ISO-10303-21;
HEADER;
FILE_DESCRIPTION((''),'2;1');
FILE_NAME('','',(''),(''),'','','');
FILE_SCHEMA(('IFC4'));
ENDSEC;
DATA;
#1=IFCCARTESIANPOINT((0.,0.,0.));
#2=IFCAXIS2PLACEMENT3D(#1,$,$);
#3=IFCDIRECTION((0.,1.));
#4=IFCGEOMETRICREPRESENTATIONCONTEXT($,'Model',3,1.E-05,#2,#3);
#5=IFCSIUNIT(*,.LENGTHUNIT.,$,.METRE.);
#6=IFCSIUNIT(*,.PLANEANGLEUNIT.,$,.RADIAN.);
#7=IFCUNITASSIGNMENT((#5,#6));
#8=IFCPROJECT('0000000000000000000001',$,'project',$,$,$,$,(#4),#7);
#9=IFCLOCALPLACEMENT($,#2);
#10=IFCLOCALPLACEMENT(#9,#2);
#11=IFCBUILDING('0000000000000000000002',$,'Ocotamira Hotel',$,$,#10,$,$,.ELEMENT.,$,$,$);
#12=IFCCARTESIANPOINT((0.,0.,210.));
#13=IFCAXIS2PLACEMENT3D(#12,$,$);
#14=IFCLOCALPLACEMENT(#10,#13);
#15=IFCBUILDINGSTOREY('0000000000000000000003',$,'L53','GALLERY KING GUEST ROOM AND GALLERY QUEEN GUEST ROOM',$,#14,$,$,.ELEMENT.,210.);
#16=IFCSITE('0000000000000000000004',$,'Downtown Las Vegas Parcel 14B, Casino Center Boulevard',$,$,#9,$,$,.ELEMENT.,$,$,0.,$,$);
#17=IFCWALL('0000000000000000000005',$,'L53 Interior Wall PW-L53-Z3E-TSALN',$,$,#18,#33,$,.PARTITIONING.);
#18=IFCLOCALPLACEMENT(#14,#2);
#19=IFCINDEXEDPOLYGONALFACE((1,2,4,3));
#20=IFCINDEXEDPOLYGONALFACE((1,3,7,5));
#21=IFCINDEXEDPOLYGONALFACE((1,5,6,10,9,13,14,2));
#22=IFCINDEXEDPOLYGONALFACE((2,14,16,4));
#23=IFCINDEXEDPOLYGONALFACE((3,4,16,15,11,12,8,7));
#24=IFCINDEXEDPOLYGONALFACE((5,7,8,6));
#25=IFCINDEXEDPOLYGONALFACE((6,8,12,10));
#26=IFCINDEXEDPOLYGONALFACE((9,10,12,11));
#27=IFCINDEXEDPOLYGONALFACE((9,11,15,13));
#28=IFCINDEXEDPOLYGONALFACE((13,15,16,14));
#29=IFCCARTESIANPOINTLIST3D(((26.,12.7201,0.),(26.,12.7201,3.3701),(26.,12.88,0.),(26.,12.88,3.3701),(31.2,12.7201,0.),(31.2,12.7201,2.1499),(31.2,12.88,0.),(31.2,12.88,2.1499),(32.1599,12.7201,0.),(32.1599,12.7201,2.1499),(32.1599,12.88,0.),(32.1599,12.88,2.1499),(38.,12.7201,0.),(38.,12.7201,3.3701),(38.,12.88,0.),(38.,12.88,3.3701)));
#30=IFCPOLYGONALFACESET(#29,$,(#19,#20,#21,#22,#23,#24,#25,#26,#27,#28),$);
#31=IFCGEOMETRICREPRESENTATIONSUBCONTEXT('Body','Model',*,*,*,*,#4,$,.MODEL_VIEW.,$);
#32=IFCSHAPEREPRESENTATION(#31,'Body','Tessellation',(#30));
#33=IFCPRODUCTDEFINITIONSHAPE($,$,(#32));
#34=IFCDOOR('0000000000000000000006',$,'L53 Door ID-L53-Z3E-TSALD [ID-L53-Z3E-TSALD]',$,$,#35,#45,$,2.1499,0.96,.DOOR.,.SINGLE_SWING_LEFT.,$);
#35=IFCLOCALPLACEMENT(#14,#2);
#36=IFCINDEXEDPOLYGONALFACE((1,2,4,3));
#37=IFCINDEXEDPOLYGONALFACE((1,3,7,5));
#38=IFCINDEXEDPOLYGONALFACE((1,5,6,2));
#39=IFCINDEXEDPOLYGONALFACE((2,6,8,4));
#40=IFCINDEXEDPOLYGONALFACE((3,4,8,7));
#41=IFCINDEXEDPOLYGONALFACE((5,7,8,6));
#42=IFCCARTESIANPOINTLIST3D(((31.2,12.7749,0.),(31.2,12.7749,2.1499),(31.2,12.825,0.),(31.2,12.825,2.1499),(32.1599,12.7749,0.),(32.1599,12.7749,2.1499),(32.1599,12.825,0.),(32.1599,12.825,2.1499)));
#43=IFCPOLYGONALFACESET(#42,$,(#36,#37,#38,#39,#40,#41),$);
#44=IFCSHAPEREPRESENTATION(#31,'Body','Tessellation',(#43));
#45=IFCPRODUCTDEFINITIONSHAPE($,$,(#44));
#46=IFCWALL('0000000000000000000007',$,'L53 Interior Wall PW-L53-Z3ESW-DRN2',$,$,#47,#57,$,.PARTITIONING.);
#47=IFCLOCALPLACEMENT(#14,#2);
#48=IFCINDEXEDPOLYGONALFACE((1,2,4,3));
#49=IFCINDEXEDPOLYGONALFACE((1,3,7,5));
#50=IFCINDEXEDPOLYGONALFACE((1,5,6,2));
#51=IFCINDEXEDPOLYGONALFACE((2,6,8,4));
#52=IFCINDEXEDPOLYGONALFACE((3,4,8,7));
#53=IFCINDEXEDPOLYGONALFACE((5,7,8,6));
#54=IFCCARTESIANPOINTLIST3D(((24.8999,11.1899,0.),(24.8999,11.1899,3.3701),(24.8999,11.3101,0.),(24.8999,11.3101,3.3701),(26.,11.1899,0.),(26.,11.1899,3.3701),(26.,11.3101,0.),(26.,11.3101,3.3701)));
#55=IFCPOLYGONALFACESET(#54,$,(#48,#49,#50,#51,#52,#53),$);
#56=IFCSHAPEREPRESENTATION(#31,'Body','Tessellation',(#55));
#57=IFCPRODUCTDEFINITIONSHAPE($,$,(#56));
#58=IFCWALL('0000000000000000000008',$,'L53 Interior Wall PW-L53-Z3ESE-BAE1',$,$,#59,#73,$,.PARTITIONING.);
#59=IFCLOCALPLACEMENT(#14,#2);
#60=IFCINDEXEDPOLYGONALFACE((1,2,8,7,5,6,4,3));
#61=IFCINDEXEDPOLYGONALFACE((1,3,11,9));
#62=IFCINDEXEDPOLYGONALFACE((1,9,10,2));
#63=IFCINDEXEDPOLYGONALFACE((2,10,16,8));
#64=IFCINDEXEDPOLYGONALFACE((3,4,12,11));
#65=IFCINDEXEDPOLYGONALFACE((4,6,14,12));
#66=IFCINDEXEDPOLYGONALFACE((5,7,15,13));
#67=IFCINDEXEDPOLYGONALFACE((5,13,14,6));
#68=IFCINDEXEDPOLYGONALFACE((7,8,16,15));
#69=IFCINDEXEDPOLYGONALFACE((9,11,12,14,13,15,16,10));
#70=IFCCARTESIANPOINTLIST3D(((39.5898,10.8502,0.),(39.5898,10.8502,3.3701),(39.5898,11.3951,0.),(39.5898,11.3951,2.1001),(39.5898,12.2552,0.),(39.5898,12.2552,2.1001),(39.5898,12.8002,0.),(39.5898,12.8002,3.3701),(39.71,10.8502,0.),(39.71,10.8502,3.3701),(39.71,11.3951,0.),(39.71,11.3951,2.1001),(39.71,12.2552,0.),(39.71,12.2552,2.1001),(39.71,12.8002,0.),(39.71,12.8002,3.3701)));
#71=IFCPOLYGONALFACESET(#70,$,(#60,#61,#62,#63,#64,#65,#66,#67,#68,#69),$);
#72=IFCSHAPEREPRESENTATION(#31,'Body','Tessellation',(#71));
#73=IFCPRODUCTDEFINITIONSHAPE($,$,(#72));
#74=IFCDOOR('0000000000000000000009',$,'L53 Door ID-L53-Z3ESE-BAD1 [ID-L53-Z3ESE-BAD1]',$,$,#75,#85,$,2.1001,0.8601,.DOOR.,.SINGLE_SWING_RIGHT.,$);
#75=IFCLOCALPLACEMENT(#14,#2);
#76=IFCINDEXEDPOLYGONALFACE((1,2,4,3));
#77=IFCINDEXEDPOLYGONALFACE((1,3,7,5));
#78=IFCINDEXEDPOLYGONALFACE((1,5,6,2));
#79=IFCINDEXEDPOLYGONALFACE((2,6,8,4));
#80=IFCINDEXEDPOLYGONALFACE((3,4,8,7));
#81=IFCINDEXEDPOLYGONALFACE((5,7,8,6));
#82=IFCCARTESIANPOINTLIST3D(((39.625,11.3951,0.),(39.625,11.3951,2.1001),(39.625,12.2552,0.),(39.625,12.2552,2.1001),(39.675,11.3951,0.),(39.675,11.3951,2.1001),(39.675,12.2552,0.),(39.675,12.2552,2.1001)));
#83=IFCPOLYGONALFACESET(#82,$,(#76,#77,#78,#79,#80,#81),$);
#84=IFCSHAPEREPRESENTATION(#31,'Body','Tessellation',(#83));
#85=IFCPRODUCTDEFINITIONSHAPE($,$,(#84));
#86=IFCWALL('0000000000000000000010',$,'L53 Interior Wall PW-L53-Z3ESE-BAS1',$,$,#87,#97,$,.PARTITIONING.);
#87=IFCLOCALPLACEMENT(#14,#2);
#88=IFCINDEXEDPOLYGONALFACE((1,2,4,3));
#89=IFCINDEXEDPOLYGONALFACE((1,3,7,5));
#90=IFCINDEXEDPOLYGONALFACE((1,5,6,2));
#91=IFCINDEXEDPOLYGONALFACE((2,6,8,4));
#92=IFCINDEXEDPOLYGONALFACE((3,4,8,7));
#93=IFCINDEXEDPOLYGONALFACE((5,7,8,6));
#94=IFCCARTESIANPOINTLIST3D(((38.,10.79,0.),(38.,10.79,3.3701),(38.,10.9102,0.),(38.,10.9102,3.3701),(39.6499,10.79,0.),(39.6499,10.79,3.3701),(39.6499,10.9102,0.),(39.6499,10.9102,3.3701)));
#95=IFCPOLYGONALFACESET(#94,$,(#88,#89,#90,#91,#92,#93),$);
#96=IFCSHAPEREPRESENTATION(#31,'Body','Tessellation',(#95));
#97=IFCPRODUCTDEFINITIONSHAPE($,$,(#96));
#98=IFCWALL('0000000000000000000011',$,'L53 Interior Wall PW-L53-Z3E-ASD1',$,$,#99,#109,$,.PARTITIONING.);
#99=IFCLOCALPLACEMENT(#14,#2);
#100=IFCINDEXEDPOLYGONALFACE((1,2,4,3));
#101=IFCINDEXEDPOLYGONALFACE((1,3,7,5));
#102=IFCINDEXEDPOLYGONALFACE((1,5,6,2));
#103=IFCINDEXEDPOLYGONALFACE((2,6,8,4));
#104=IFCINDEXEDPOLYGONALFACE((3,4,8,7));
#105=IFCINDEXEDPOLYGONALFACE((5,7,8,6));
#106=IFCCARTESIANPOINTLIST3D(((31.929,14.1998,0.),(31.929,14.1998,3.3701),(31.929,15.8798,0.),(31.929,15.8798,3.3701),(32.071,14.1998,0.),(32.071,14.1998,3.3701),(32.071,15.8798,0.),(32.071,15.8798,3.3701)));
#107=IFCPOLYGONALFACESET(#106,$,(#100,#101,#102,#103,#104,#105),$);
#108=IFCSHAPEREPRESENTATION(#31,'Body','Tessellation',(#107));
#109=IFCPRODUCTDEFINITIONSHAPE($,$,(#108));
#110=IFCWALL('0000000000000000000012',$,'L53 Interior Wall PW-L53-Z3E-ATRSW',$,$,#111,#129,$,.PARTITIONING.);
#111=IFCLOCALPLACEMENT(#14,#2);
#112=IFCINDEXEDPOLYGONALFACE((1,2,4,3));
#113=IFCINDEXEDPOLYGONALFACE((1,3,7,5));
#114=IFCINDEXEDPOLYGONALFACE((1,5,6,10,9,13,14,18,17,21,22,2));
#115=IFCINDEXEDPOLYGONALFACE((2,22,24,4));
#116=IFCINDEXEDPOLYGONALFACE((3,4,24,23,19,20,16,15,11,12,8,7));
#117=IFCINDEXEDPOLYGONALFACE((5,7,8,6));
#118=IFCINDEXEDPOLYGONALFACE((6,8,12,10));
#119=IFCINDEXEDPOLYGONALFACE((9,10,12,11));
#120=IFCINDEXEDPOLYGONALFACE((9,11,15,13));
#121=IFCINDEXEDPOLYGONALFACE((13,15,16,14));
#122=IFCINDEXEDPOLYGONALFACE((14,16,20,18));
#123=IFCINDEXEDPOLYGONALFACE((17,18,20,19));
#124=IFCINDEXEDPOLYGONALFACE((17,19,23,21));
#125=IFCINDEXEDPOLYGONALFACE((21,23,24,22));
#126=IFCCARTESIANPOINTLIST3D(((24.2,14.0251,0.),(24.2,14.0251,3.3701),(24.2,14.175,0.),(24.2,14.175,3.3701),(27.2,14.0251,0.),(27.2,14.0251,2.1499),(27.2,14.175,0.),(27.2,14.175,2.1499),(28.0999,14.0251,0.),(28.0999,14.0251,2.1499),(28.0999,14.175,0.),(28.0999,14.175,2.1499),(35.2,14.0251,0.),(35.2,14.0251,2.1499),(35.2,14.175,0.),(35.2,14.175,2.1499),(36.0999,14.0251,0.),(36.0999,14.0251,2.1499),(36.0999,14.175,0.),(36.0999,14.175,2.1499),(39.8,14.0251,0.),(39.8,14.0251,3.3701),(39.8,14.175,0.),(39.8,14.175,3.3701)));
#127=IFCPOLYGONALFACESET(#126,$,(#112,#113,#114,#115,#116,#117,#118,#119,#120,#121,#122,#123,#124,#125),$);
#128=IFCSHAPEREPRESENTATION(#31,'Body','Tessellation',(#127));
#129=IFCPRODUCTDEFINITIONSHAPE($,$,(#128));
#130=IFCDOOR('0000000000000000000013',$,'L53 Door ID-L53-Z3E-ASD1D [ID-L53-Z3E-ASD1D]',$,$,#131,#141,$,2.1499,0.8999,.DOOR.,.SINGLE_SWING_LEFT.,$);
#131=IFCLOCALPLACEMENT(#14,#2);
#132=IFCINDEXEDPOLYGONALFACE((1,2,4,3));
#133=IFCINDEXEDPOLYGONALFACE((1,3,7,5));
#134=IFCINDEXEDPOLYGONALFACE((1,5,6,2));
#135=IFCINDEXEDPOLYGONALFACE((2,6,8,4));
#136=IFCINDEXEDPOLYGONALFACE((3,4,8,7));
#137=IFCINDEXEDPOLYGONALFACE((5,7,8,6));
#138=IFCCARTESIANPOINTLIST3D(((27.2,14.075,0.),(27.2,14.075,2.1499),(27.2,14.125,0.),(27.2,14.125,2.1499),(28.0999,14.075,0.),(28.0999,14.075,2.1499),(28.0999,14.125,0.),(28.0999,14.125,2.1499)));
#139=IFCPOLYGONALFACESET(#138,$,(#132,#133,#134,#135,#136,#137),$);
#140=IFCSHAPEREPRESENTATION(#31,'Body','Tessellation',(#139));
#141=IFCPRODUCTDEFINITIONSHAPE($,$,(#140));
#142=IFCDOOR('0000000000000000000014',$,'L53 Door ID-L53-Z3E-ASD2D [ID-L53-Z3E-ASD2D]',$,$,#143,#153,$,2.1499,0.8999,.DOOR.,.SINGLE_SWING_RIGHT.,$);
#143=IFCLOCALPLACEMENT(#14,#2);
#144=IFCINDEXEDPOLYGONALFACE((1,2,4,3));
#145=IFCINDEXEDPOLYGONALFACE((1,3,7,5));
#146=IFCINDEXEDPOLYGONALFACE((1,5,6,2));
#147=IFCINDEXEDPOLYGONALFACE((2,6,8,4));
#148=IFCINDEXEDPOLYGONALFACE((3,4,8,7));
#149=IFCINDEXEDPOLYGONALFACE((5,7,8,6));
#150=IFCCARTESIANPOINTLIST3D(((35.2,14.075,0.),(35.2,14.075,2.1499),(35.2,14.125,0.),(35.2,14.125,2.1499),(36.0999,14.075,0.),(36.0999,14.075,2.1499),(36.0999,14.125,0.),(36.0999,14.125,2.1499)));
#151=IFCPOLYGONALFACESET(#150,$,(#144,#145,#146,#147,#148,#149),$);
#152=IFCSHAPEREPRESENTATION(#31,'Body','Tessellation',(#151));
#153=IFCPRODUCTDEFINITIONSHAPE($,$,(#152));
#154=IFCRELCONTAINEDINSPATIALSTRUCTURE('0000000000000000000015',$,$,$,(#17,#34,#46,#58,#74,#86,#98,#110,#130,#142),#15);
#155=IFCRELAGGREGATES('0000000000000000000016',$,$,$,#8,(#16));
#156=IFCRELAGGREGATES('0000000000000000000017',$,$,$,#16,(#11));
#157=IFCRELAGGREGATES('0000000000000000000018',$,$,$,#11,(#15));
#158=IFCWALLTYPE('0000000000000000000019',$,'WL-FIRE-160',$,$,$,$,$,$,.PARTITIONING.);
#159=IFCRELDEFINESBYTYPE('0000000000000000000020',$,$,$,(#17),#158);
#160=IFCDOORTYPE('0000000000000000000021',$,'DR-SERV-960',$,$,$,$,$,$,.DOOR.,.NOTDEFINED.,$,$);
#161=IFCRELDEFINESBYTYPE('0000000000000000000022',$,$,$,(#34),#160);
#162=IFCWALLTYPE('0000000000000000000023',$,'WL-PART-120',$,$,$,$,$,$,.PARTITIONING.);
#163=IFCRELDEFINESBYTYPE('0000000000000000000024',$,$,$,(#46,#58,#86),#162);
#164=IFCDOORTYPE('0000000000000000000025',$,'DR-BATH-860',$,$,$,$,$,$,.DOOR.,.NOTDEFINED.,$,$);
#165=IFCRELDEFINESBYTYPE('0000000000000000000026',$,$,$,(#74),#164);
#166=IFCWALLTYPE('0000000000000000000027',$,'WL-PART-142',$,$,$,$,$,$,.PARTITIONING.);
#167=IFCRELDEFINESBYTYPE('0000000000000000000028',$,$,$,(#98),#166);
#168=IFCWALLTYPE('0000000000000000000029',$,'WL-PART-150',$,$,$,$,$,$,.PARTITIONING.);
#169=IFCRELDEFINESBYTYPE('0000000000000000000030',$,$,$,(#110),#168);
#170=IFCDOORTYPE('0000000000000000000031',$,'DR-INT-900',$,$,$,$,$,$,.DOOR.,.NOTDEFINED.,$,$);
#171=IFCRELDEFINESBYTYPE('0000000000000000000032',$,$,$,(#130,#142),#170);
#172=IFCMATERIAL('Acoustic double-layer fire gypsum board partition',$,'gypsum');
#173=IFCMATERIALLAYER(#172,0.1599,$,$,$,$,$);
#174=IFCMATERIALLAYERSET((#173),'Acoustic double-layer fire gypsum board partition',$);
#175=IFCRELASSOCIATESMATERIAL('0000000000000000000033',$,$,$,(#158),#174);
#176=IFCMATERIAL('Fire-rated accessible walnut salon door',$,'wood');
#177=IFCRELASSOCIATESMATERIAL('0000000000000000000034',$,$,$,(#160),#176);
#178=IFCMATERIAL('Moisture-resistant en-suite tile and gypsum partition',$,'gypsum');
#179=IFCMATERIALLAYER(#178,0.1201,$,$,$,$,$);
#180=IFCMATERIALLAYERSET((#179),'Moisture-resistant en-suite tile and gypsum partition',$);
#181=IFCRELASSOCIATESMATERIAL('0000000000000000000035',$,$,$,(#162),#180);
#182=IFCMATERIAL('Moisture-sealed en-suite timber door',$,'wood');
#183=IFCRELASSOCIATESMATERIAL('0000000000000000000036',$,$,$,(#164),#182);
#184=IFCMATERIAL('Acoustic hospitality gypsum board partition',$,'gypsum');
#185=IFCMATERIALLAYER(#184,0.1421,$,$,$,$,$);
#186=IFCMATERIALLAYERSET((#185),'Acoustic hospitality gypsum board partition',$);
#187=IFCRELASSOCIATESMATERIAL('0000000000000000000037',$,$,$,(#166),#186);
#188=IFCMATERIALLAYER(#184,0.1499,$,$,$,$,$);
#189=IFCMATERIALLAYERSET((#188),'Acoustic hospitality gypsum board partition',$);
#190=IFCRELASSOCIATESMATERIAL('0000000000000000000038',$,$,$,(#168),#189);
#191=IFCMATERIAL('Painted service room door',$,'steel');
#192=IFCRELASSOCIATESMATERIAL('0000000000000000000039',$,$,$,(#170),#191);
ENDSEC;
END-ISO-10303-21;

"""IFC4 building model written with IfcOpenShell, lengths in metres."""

from ifc_helpers import new_model, si_unit, direction, frame, frame_2d, origin, place, context, subcontext, project, spatial, rectangle, extrude, source, transform, mapped, material, layer, layer_set, type_object, element, fill, save


model = new_model("IFC4")

# Units and contexts
model_context = context("Model", 3, precision=1e-05, world=origin(), true_north=direction((0.0, 1.0)))
body_context = subcontext(model_context, "Body", "Model", "MODEL_VIEW")
ifc_project = project(units=[si_unit("LENGTHUNIT", "METRE"), si_unit("PLANEANGLEUNIT", "RADIAN")], contexts=[model_context])

# Site, building, storey
site_placement = place(None, origin())
site = spatial("IfcSite", under=ifc_project, at=site_placement, Name="Downtown Las Vegas Parcel 14B, Casino Center Boulevard", CompositionType="ELEMENT", RefElevation=0.0)
building_placement = place(site_placement, origin())
building = spatial("IfcBuilding", under=site, at=building_placement, Name="Ocotamira Hotel", CompositionType="ELEMENT")
storey_placement = place(building_placement, frame((0.0, 0.0, 210.0)))
storey = spatial("IfcBuildingStorey", under=building, at=storey_placement, Name="L53", Description="GALLERY KING GUEST ROOM AND GALLERY QUEEN GUEST ROOM", CompositionType="ELEMENT", Elevation=210.0)

# Wall, opening, door
ifc_material_1 = material(Name="Acoustic double-layer fire gypsum board partition", Category="gypsum")
ifc_layer_1 = layer(ifc_material_1, 0.1599)
ifc_layer_set_1 = layer_set([ifc_layer_1], Name="Acoustic double-layer fire gypsum board partition")
wall_type_1 = type_object("IfcWallType", Name="WL-FIRE-160", PredefinedType="PARTITIONING", material=ifc_layer_set_1)
wall_1_placement = place(storey_placement, frame((26.0, 12.8, 0.0), z_axis=(0.0, 0.0, 1.0), x_axis=(1.0, 0.0, 0.0)))
wall_1 = element("IfcWall", 1, at=wall_1_placement, inside=storey, type_object=wall_type_1, Name="L53 Interior Wall PW-L53-Z3E-TSALN", PredefinedType="PARTITIONING", context=body_context, shape_type="SweptSolid", body=[
    extrude(rectangle(XDim=12.0, YDim=0.1599, at=frame_2d((6.0, 0.0))), origin(), (0.0, 0.0, 1.0), 3.3701),
])
opening_1_placement = place(wall_1_placement, frame((5.2, 0.0, 0.0)))
opening_1 = element("IfcOpeningElement", 2, at=opening_1_placement, cuts=wall_1, PredefinedType="OPENING", context=body_context, shape_type="SweptSolid", body=[
    extrude(rectangle(XDim=0.96, YDim=2.1499, at=frame_2d((0.48, 1.075))), frame((0.0, 0.0898, 0.0), z_axis=(0.0, -1.0, 0.0), x_axis=(1.0, 0.0, 0.0)), (0.0, 0.0, 1.0), 0.1799),
])
ifc_material_2 = material(Name="Fire-rated accessible walnut salon door", Category="wood")
door_type_1 = type_object("IfcDoorType", Name="DR-SERV-960", OperationType="NOTDEFINED", PredefinedType="DOOR", material=ifc_material_2)
shared_shape_1 = source(origin(), body_context, "Body", "SweptSolid", [
    extrude(rectangle(XDim=0.96, YDim=2.1499, at=frame_2d((0.48, 1.075))), frame((0.0, 0.0249, 0.0), z_axis=(0.0, -1.0, 0.0), x_axis=(1.0, 0.0, 0.0)), (0.0, 0.0, 1.0), 0.05),
])
door_1_placement = place(opening_1_placement, origin())
door_1 = element("IfcDoor", 3, at=door_1_placement, inside=storey, type_object=door_type_1, Name="L53 Door ID-L53-Z3E-TSALD [ID-L53-Z3E-TSALD]", OperationType="SINGLE_SWING_LEFT", OverallHeight=2.1499, OverallWidth=0.96, PredefinedType="DOOR", context=body_context, shape_type="MappedRepresentation", body=[
    mapped(shared_shape_1, transform((0.0, 0.0, 0.0), scale=1.0)),
])
fill(opening_1, door_1)

# Wall
ifc_material_3 = material(Name="Moisture-resistant en-suite tile and gypsum partition", Category="gypsum")
ifc_layer_2 = layer(ifc_material_3, 0.1201)
ifc_layer_set_2 = layer_set([ifc_layer_2], Name="Moisture-resistant en-suite tile and gypsum partition")
wall_type_2 = type_object("IfcWallType", Name="WL-PART-120", PredefinedType="PARTITIONING", material=ifc_layer_set_2)
wall_2_placement = place(storey_placement, frame((24.8999, 11.25, 0.0), z_axis=(0.0, 0.0, 1.0), x_axis=(1.0, 0.0, 0.0)))
element("IfcWall", 4, at=wall_2_placement, inside=storey, type_object=wall_type_2, Name="L53 Interior Wall PW-L53-Z3ESW-DRN2", PredefinedType="PARTITIONING", context=body_context, shape_type="SweptSolid", body=[
    extrude(rectangle(XDim=1.1001, YDim=0.1201, at=frame_2d((0.55, 0.0))), origin(), (0.0, 0.0, 1.0), 3.3701),
])

# Wall, opening, door
wall_3_placement = place(storey_placement, frame((39.6499, 10.8501, 0.0), z_axis=(0.0, 0.0, 1.0), x_axis=(0.0, 1.0, 0.0)))
wall_3 = element("IfcWall", 5, at=wall_3_placement, inside=storey, type_object=wall_type_2, Name="L53 Interior Wall PW-L53-Z3ESE-BAE1", PredefinedType="PARTITIONING", context=body_context, shape_type="SweptSolid", body=[
    extrude(rectangle(XDim=1.95, YDim=0.1201, at=frame_2d((0.9751, 0.0))), origin(), (0.0, 0.0, 1.0), 3.3701),
])
opening_2_placement = place(wall_3_placement, frame((0.5449, 0.0, 0.0)))
opening_2 = element("IfcOpeningElement", 6, at=opening_2_placement, cuts=wall_3, PredefinedType="OPENING", context=body_context, shape_type="SweptSolid", body=[
    extrude(rectangle(XDim=0.8601, YDim=2.1001, at=frame_2d((0.4302, 1.05))), frame((0.0, 0.0701, 0.0), z_axis=(0.0, -1.0, 0.0), x_axis=(1.0, 0.0, 0.0)), (0.0, 0.0, 1.0), 0.1401),
])
ifc_material_4 = material(Name="Moisture-sealed en-suite timber door", Category="wood")
door_type_2 = type_object("IfcDoorType", Name="DR-BATH-860", OperationType="NOTDEFINED", PredefinedType="DOOR", material=ifc_material_4)
shared_shape_2 = source(origin(), body_context, "Body", "SweptSolid", [
    extrude(rectangle(XDim=0.8601, YDim=2.1001, at=frame_2d((0.4302, 1.05))), frame((0.0, 0.0249, 0.0), z_axis=(0.0, -1.0, 0.0), x_axis=(1.0, 0.0, 0.0)), (0.0, 0.0, 1.0), 0.05),
])
door_2_placement = place(opening_2_placement, origin())
door_2 = element("IfcDoor", 7, at=door_2_placement, inside=storey, type_object=door_type_2, Name="L53 Door ID-L53-Z3ESE-BAD1 [ID-L53-Z3ESE-BAD1]", OperationType="SINGLE_SWING_RIGHT", OverallHeight=2.1001, OverallWidth=0.8601, PredefinedType="DOOR", context=body_context, shape_type="MappedRepresentation", body=[
    mapped(shared_shape_2, transform((0.0, 0.0, 0.0), scale=1.0)),
])
fill(opening_2, door_2)

# Walls
wall_4_placement = place(storey_placement, frame((38.0, 10.8501, 0.0), z_axis=(0.0, 0.0, 1.0), x_axis=(1.0, 0.0, 0.0)))
element("IfcWall", 8, at=wall_4_placement, inside=storey, type_object=wall_type_2, Name="L53 Interior Wall PW-L53-Z3ESE-BAS1", PredefinedType="PARTITIONING", context=body_context, shape_type="SweptSolid", body=[
    extrude(rectangle(XDim=1.6499, YDim=0.1201, at=frame_2d((0.825, 0.0))), origin(), (0.0, 0.0, 1.0), 3.3701),
])
ifc_material_5 = material(Name="Acoustic hospitality gypsum board partition", Category="gypsum")
ifc_layer_3 = layer(ifc_material_5, 0.1421)
ifc_layer_set_3 = layer_set([ifc_layer_3], Name="Acoustic hospitality gypsum board partition")
wall_type_3 = type_object("IfcWallType", Name="WL-PART-142", PredefinedType="PARTITIONING", material=ifc_layer_set_3)
wall_5_placement = place(storey_placement, frame((32.0, 14.2, 0.0), z_axis=(0.0, 0.0, 1.0), x_axis=(0.0, 1.0, 0.0)))
element("IfcWall", 9, at=wall_5_placement, inside=storey, type_object=wall_type_3, Name="L53 Interior Wall PW-L53-Z3E-ASD1", PredefinedType="PARTITIONING", context=body_context, shape_type="SweptSolid", body=[
    extrude(rectangle(XDim=1.6799, YDim=0.1421, at=frame_2d((0.8398, 0.0))), origin(), (0.0, 0.0, 1.0), 3.3701),
])

# Wall, openings, doors
ifc_layer_4 = layer(ifc_material_5, 0.1499)
ifc_layer_set_4 = layer_set([ifc_layer_4], Name="Acoustic hospitality gypsum board partition")
wall_type_4 = type_object("IfcWallType", Name="WL-PART-150", PredefinedType="PARTITIONING", material=ifc_layer_set_4)
wall_6_placement = place(storey_placement, frame((24.2, 14.1001, 0.0), z_axis=(0.0, 0.0, 1.0), x_axis=(1.0, 0.0, 0.0)))
wall_6 = element("IfcWall", 10, at=wall_6_placement, inside=storey, type_object=wall_type_4, Name="L53 Interior Wall PW-L53-Z3E-ATRSW", PredefinedType="PARTITIONING", context=body_context, shape_type="SweptSolid", body=[
    extrude(rectangle(XDim=15.6001, YDim=0.1499, at=frame_2d((7.8, 0.0))), origin(), (0.0, 0.0, 1.0), 3.3701),
])
opening_3_placement = place(wall_6_placement, frame((3.0, 0.0, 0.0)))
opening_3 = element("IfcOpeningElement", 11, at=opening_3_placement, cuts=wall_6, PredefinedType="OPENING", context=body_context, shape_type="SweptSolid", body=[
    extrude(rectangle(XDim=0.8999, YDim=2.1499, at=frame_2d((0.45, 1.075))), frame((0.0, 0.085, 0.0), z_axis=(0.0, -1.0, 0.0), x_axis=(1.0, 0.0, 0.0)), (0.0, 0.0, 1.0), 0.1699),
])
opening_4_placement = place(wall_6_placement, frame((11.0, 0.0, 0.0)))
opening_4 = element("IfcOpeningElement", 12, at=opening_4_placement, cuts=wall_6, PredefinedType="OPENING", context=body_context, shape_type="SweptSolid", body=[
    extrude(rectangle(XDim=0.8999, YDim=2.1499, at=frame_2d((0.45, 1.075))), frame((0.0, 0.085, 0.0), z_axis=(0.0, -1.0, 0.0), x_axis=(1.0, 0.0, 0.0)), (0.0, 0.0, 1.0), 0.1699),
])
ifc_material_6 = material(Name="Painted service room door", Category="steel")
door_type_3 = type_object("IfcDoorType", Name="DR-INT-900", OperationType="NOTDEFINED", PredefinedType="DOOR", material=ifc_material_6)
shared_shape_3 = source(origin(), body_context, "Body", "SweptSolid", [
    extrude(rectangle(XDim=0.8999, YDim=2.1499, at=frame_2d((0.45, 1.075))), frame((0.0, 0.0249, 0.0), z_axis=(0.0, -1.0, 0.0), x_axis=(1.0, 0.0, 0.0)), (0.0, 0.0, 1.0), 0.05),
])
door_3_placement = place(opening_3_placement, origin())
door_3 = element("IfcDoor", 13, at=door_3_placement, inside=storey, type_object=door_type_3, Name="L53 Door ID-L53-Z3E-ASD1D [ID-L53-Z3E-ASD1D]", OperationType="SINGLE_SWING_LEFT", OverallHeight=2.1499, OverallWidth=0.8999, PredefinedType="DOOR", context=body_context, shape_type="MappedRepresentation", body=[
    mapped(shared_shape_3, transform((0.0, 0.0, 0.0), scale=1.0)),
])
fill(opening_3, door_3)
door_4_placement = place(opening_4_placement, origin())
door_4 = element("IfcDoor", 14, at=door_4_placement, inside=storey, type_object=door_type_3, Name="L53 Door ID-L53-Z3E-ASD2D [ID-L53-Z3E-ASD2D]", OperationType="SINGLE_SWING_RIGHT", OverallHeight=2.1499, OverallWidth=0.8999, PredefinedType="DOOR", context=body_context, shape_type="MappedRepresentation", body=[
    mapped(shared_shape_3, transform((0.0, 0.0, 0.0), scale=1.0)),
])
fill(opening_4, door_4)

save(model, "model.ifc")
